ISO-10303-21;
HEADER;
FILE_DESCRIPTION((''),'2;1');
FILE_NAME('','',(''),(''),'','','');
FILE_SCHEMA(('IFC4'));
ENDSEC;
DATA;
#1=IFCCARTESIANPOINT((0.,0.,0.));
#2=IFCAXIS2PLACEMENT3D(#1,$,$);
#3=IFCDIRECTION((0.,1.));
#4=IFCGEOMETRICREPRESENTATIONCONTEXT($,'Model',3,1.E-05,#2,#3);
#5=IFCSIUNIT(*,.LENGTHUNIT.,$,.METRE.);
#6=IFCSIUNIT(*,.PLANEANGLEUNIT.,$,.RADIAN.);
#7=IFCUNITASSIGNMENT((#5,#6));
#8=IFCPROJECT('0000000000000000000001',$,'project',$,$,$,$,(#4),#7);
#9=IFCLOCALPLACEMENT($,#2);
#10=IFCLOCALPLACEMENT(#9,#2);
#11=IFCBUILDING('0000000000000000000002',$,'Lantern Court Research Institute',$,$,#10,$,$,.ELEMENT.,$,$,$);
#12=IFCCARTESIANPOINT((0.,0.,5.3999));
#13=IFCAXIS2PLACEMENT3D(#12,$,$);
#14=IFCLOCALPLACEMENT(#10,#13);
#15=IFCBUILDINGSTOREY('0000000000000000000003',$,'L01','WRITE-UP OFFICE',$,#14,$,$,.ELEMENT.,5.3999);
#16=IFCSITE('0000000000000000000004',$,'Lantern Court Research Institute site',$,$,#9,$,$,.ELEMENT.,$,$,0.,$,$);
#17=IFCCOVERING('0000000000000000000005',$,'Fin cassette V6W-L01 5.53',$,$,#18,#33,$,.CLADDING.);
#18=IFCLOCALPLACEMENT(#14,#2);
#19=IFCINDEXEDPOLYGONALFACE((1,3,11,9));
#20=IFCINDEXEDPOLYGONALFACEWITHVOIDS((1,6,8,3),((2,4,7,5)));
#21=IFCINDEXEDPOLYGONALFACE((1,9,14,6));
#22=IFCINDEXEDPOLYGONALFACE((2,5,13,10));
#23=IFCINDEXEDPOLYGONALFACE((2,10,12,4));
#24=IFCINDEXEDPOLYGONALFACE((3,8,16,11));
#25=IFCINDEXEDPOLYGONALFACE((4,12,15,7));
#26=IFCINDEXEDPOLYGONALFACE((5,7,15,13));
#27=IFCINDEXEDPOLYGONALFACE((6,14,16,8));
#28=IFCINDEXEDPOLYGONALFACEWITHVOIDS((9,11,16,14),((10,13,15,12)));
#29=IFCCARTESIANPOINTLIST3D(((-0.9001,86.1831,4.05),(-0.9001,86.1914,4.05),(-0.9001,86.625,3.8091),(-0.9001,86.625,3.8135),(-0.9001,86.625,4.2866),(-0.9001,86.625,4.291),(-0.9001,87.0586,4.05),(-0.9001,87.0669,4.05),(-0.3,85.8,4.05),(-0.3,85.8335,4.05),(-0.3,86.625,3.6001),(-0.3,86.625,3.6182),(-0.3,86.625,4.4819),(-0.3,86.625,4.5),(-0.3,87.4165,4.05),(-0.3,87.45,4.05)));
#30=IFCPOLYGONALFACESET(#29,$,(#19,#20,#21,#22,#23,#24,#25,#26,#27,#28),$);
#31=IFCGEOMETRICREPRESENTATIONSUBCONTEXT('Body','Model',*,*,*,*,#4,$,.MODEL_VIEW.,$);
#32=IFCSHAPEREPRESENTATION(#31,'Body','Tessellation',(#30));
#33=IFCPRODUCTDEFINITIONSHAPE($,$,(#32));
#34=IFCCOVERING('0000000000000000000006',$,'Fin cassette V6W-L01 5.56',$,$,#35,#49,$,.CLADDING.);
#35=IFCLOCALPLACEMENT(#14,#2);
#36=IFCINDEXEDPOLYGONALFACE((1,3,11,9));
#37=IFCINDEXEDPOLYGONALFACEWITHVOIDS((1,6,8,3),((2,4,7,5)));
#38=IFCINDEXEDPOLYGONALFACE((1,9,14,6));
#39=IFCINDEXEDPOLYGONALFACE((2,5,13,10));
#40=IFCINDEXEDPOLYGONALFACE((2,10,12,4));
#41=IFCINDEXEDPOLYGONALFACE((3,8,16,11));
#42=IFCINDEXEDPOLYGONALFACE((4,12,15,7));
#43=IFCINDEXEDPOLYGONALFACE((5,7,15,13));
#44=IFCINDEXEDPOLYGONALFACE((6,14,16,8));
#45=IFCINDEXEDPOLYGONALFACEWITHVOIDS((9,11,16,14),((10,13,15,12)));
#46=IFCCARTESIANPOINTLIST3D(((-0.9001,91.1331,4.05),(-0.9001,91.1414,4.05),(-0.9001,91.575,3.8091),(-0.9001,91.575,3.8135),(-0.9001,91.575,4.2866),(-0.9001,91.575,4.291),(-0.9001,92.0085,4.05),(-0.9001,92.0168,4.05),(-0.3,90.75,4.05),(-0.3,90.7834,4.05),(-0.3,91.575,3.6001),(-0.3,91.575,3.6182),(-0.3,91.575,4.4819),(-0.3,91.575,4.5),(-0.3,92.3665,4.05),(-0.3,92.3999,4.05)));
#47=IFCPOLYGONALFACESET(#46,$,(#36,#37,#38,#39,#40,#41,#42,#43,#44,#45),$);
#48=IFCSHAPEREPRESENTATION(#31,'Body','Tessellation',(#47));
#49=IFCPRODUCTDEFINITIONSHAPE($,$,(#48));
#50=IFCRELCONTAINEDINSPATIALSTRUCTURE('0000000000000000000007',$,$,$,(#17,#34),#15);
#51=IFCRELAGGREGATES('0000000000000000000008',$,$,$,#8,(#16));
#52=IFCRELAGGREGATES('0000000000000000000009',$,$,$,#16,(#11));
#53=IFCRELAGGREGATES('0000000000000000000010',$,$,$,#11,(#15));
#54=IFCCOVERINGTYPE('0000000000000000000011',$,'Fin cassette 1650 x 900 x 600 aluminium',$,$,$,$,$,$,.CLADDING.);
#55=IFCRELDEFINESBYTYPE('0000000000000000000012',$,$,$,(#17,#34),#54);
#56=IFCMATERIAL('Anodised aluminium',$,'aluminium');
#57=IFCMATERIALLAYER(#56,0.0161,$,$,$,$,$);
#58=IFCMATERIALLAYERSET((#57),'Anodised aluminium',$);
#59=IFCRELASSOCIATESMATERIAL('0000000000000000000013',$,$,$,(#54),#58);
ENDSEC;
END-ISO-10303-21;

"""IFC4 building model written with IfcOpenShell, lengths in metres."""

from ifc_helpers import new_model, entity, si_unit, direction, frame, origin, place, context, subcontext, project, spatial, material, layer, layer_set, type_object, element, save


model = new_model("IFC4")

# Units and contexts
model_context = context("Model", 3, precision=1e-05, world=origin(), true_north=direction((0.0, 1.0)))
body_context = subcontext(model_context, "Body", "Model", "MODEL_VIEW")
ifc_project = project(units=[si_unit("LENGTHUNIT", "METRE"), si_unit("PLANEANGLEUNIT", "RADIAN")], contexts=[model_context])

# Site, building, storey
site_placement = place(None, origin())
site = spatial("IfcSite", under=ifc_project, at=site_placement, Name="Lantern Court Research Institute site", CompositionType="ELEMENT", RefElevation=0.0)
building_placement = place(site_placement, origin())
building = spatial("IfcBuilding", under=site, at=building_placement, Name="Lantern Court Research Institute", CompositionType="ELEMENT")
storey_placement = place(building_placement, frame((0.0, 0.0, 5.3999)))
storey = spatial("IfcBuildingStorey", under=building, at=storey_placement, Name="L01", Description="WRITE-UP OFFICE", CompositionType="ELEMENT", Elevation=5.3999)

# Coverings
ifc_material_1 = material(Name="Anodised aluminium", Category="aluminium")
ifc_layer_1 = layer(ifc_material_1, 0.0161)
ifc_layer_set_1 = layer_set([ifc_layer_1], Name="Anodised aluminium")
covering_type_1 = type_object("IfcCoveringType", Name="Fin cassette 1650 x 900 x 600 aluminium", PredefinedType="CLADDING", material=ifc_layer_set_1)
covering_1_placement = place(storey_placement, frame((-0.3, 86.625, 4.05), z_axis=(-1.0, 0.0, 0.0), x_axis=(0.0, -1.0, 0.0)))
cartesian_point_1 = entity("IfcCartesianPoint", [0.825, 0.0])
cartesian_point_2 = entity("IfcCartesianPoint", [0.7915, 0.0])
cartesian_point_3 = entity("IfcCartesianPoint", [0.4419, 0.0])
cartesian_point_4 = entity("IfcCartesianPoint", [0.4336, 0.0])
element("IfcCovering", 1, at=covering_1_placement, inside=storey, type_object=covering_type_1, Name="Fin cassette V6W-L01 5.53", PredefinedType="CLADDING", context=body_context, shape_type="SweptSolid", body=[
    entity("IfcExtrudedAreaSolidTapered", entity("IfcArbitraryProfileDefWithVoids", "AREA", None, entity("IfcPolyline", [cartesian_point_1, entity("IfcCartesianPoint", [0.0, 0.45]), entity("IfcCartesianPoint", [-0.825, 0.0]), entity("IfcCartesianPoint", [0.0, -0.45]), cartesian_point_1]), [entity("IfcPolyline", [cartesian_point_2, entity("IfcCartesianPoint", [0.0, 0.4319]), entity("IfcCartesianPoint", [-0.7915, 0.0]), entity("IfcCartesianPoint", [0.0, -0.4319]), cartesian_point_2])]), entity("IfcAxis2Placement3D", entity("IfcCartesianPoint", [0.0, 0.0, 0.0])), entity("IfcDirection", [0.0, 0.0, 1.0]), 0.6001, entity("IfcArbitraryProfileDefWithVoids", "AREA", None, entity("IfcPolyline", [cartesian_point_3, entity("IfcCartesianPoint", [0.0, 0.241]), entity("IfcCartesianPoint", [-0.4419, 0.0]), entity("IfcCartesianPoint", [0.0, -0.241]), cartesian_point_3]), [entity("IfcPolyline", [cartesian_point_4, entity("IfcCartesianPoint", [0.0, 0.2366]), entity("IfcCartesianPoint", [-0.4336, 0.0]), entity("IfcCartesianPoint", [0.0, -0.2366]), cartesian_point_4])])),
])
covering_2_placement = place(storey_placement, frame((-0.3, 91.575, 4.05), z_axis=(-1.0, 0.0, 0.0), x_axis=(0.0, -1.0, 0.0)))
cartesian_point_5 = entity("IfcCartesianPoint", [0.825, 0.0])
cartesian_point_6 = entity("IfcCartesianPoint", [0.7915, 0.0])
cartesian_point_7 = entity("IfcCartesianPoint", [0.4419, 0.0])
cartesian_point_8 = entity("IfcCartesianPoint", [0.4336, 0.0])
element("IfcCovering", 2, at=covering_2_placement, inside=storey, type_object=covering_type_1, Name="Fin cassette V6W-L01 5.56", PredefinedType="CLADDING", context=body_context, shape_type="SweptSolid", body=[
    entity("IfcExtrudedAreaSolidTapered", entity("IfcArbitraryProfileDefWithVoids", "AREA", None, entity("IfcPolyline", [cartesian_point_5, entity("IfcCartesianPoint", [0.0, 0.45]), entity("IfcCartesianPoint", [-0.825, 0.0]), entity("IfcCartesianPoint", [0.0, -0.45]), cartesian_point_5]), [entity("IfcPolyline", [cartesian_point_6, entity("IfcCartesianPoint", [0.0, 0.4319]), entity("IfcCartesianPoint", [-0.7915, 0.0]), entity("IfcCartesianPoint", [0.0, -0.4319]), cartesian_point_6])]), entity("IfcAxis2Placement3D", entity("IfcCartesianPoint", [0.0, 0.0, 0.0])), entity("IfcDirection", [0.0, 0.0, 1.0]), 0.6001, entity("IfcArbitraryProfileDefWithVoids", "AREA", None, entity("IfcPolyline", [cartesian_point_7, entity("IfcCartesianPoint", [0.0, 0.241]), entity("IfcCartesianPoint", [-0.4419, 0.0]), entity("IfcCartesianPoint", [0.0, -0.241]), cartesian_point_7]), [entity("IfcPolyline", [cartesian_point_8, entity("IfcCartesianPoint", [0.0, 0.2366]), entity("IfcCartesianPoint", [-0.4336, 0.0]), entity("IfcCartesianPoint", [0.0, -0.2366]), cartesian_point_8])])),
])

save(model, "model.ifc")
